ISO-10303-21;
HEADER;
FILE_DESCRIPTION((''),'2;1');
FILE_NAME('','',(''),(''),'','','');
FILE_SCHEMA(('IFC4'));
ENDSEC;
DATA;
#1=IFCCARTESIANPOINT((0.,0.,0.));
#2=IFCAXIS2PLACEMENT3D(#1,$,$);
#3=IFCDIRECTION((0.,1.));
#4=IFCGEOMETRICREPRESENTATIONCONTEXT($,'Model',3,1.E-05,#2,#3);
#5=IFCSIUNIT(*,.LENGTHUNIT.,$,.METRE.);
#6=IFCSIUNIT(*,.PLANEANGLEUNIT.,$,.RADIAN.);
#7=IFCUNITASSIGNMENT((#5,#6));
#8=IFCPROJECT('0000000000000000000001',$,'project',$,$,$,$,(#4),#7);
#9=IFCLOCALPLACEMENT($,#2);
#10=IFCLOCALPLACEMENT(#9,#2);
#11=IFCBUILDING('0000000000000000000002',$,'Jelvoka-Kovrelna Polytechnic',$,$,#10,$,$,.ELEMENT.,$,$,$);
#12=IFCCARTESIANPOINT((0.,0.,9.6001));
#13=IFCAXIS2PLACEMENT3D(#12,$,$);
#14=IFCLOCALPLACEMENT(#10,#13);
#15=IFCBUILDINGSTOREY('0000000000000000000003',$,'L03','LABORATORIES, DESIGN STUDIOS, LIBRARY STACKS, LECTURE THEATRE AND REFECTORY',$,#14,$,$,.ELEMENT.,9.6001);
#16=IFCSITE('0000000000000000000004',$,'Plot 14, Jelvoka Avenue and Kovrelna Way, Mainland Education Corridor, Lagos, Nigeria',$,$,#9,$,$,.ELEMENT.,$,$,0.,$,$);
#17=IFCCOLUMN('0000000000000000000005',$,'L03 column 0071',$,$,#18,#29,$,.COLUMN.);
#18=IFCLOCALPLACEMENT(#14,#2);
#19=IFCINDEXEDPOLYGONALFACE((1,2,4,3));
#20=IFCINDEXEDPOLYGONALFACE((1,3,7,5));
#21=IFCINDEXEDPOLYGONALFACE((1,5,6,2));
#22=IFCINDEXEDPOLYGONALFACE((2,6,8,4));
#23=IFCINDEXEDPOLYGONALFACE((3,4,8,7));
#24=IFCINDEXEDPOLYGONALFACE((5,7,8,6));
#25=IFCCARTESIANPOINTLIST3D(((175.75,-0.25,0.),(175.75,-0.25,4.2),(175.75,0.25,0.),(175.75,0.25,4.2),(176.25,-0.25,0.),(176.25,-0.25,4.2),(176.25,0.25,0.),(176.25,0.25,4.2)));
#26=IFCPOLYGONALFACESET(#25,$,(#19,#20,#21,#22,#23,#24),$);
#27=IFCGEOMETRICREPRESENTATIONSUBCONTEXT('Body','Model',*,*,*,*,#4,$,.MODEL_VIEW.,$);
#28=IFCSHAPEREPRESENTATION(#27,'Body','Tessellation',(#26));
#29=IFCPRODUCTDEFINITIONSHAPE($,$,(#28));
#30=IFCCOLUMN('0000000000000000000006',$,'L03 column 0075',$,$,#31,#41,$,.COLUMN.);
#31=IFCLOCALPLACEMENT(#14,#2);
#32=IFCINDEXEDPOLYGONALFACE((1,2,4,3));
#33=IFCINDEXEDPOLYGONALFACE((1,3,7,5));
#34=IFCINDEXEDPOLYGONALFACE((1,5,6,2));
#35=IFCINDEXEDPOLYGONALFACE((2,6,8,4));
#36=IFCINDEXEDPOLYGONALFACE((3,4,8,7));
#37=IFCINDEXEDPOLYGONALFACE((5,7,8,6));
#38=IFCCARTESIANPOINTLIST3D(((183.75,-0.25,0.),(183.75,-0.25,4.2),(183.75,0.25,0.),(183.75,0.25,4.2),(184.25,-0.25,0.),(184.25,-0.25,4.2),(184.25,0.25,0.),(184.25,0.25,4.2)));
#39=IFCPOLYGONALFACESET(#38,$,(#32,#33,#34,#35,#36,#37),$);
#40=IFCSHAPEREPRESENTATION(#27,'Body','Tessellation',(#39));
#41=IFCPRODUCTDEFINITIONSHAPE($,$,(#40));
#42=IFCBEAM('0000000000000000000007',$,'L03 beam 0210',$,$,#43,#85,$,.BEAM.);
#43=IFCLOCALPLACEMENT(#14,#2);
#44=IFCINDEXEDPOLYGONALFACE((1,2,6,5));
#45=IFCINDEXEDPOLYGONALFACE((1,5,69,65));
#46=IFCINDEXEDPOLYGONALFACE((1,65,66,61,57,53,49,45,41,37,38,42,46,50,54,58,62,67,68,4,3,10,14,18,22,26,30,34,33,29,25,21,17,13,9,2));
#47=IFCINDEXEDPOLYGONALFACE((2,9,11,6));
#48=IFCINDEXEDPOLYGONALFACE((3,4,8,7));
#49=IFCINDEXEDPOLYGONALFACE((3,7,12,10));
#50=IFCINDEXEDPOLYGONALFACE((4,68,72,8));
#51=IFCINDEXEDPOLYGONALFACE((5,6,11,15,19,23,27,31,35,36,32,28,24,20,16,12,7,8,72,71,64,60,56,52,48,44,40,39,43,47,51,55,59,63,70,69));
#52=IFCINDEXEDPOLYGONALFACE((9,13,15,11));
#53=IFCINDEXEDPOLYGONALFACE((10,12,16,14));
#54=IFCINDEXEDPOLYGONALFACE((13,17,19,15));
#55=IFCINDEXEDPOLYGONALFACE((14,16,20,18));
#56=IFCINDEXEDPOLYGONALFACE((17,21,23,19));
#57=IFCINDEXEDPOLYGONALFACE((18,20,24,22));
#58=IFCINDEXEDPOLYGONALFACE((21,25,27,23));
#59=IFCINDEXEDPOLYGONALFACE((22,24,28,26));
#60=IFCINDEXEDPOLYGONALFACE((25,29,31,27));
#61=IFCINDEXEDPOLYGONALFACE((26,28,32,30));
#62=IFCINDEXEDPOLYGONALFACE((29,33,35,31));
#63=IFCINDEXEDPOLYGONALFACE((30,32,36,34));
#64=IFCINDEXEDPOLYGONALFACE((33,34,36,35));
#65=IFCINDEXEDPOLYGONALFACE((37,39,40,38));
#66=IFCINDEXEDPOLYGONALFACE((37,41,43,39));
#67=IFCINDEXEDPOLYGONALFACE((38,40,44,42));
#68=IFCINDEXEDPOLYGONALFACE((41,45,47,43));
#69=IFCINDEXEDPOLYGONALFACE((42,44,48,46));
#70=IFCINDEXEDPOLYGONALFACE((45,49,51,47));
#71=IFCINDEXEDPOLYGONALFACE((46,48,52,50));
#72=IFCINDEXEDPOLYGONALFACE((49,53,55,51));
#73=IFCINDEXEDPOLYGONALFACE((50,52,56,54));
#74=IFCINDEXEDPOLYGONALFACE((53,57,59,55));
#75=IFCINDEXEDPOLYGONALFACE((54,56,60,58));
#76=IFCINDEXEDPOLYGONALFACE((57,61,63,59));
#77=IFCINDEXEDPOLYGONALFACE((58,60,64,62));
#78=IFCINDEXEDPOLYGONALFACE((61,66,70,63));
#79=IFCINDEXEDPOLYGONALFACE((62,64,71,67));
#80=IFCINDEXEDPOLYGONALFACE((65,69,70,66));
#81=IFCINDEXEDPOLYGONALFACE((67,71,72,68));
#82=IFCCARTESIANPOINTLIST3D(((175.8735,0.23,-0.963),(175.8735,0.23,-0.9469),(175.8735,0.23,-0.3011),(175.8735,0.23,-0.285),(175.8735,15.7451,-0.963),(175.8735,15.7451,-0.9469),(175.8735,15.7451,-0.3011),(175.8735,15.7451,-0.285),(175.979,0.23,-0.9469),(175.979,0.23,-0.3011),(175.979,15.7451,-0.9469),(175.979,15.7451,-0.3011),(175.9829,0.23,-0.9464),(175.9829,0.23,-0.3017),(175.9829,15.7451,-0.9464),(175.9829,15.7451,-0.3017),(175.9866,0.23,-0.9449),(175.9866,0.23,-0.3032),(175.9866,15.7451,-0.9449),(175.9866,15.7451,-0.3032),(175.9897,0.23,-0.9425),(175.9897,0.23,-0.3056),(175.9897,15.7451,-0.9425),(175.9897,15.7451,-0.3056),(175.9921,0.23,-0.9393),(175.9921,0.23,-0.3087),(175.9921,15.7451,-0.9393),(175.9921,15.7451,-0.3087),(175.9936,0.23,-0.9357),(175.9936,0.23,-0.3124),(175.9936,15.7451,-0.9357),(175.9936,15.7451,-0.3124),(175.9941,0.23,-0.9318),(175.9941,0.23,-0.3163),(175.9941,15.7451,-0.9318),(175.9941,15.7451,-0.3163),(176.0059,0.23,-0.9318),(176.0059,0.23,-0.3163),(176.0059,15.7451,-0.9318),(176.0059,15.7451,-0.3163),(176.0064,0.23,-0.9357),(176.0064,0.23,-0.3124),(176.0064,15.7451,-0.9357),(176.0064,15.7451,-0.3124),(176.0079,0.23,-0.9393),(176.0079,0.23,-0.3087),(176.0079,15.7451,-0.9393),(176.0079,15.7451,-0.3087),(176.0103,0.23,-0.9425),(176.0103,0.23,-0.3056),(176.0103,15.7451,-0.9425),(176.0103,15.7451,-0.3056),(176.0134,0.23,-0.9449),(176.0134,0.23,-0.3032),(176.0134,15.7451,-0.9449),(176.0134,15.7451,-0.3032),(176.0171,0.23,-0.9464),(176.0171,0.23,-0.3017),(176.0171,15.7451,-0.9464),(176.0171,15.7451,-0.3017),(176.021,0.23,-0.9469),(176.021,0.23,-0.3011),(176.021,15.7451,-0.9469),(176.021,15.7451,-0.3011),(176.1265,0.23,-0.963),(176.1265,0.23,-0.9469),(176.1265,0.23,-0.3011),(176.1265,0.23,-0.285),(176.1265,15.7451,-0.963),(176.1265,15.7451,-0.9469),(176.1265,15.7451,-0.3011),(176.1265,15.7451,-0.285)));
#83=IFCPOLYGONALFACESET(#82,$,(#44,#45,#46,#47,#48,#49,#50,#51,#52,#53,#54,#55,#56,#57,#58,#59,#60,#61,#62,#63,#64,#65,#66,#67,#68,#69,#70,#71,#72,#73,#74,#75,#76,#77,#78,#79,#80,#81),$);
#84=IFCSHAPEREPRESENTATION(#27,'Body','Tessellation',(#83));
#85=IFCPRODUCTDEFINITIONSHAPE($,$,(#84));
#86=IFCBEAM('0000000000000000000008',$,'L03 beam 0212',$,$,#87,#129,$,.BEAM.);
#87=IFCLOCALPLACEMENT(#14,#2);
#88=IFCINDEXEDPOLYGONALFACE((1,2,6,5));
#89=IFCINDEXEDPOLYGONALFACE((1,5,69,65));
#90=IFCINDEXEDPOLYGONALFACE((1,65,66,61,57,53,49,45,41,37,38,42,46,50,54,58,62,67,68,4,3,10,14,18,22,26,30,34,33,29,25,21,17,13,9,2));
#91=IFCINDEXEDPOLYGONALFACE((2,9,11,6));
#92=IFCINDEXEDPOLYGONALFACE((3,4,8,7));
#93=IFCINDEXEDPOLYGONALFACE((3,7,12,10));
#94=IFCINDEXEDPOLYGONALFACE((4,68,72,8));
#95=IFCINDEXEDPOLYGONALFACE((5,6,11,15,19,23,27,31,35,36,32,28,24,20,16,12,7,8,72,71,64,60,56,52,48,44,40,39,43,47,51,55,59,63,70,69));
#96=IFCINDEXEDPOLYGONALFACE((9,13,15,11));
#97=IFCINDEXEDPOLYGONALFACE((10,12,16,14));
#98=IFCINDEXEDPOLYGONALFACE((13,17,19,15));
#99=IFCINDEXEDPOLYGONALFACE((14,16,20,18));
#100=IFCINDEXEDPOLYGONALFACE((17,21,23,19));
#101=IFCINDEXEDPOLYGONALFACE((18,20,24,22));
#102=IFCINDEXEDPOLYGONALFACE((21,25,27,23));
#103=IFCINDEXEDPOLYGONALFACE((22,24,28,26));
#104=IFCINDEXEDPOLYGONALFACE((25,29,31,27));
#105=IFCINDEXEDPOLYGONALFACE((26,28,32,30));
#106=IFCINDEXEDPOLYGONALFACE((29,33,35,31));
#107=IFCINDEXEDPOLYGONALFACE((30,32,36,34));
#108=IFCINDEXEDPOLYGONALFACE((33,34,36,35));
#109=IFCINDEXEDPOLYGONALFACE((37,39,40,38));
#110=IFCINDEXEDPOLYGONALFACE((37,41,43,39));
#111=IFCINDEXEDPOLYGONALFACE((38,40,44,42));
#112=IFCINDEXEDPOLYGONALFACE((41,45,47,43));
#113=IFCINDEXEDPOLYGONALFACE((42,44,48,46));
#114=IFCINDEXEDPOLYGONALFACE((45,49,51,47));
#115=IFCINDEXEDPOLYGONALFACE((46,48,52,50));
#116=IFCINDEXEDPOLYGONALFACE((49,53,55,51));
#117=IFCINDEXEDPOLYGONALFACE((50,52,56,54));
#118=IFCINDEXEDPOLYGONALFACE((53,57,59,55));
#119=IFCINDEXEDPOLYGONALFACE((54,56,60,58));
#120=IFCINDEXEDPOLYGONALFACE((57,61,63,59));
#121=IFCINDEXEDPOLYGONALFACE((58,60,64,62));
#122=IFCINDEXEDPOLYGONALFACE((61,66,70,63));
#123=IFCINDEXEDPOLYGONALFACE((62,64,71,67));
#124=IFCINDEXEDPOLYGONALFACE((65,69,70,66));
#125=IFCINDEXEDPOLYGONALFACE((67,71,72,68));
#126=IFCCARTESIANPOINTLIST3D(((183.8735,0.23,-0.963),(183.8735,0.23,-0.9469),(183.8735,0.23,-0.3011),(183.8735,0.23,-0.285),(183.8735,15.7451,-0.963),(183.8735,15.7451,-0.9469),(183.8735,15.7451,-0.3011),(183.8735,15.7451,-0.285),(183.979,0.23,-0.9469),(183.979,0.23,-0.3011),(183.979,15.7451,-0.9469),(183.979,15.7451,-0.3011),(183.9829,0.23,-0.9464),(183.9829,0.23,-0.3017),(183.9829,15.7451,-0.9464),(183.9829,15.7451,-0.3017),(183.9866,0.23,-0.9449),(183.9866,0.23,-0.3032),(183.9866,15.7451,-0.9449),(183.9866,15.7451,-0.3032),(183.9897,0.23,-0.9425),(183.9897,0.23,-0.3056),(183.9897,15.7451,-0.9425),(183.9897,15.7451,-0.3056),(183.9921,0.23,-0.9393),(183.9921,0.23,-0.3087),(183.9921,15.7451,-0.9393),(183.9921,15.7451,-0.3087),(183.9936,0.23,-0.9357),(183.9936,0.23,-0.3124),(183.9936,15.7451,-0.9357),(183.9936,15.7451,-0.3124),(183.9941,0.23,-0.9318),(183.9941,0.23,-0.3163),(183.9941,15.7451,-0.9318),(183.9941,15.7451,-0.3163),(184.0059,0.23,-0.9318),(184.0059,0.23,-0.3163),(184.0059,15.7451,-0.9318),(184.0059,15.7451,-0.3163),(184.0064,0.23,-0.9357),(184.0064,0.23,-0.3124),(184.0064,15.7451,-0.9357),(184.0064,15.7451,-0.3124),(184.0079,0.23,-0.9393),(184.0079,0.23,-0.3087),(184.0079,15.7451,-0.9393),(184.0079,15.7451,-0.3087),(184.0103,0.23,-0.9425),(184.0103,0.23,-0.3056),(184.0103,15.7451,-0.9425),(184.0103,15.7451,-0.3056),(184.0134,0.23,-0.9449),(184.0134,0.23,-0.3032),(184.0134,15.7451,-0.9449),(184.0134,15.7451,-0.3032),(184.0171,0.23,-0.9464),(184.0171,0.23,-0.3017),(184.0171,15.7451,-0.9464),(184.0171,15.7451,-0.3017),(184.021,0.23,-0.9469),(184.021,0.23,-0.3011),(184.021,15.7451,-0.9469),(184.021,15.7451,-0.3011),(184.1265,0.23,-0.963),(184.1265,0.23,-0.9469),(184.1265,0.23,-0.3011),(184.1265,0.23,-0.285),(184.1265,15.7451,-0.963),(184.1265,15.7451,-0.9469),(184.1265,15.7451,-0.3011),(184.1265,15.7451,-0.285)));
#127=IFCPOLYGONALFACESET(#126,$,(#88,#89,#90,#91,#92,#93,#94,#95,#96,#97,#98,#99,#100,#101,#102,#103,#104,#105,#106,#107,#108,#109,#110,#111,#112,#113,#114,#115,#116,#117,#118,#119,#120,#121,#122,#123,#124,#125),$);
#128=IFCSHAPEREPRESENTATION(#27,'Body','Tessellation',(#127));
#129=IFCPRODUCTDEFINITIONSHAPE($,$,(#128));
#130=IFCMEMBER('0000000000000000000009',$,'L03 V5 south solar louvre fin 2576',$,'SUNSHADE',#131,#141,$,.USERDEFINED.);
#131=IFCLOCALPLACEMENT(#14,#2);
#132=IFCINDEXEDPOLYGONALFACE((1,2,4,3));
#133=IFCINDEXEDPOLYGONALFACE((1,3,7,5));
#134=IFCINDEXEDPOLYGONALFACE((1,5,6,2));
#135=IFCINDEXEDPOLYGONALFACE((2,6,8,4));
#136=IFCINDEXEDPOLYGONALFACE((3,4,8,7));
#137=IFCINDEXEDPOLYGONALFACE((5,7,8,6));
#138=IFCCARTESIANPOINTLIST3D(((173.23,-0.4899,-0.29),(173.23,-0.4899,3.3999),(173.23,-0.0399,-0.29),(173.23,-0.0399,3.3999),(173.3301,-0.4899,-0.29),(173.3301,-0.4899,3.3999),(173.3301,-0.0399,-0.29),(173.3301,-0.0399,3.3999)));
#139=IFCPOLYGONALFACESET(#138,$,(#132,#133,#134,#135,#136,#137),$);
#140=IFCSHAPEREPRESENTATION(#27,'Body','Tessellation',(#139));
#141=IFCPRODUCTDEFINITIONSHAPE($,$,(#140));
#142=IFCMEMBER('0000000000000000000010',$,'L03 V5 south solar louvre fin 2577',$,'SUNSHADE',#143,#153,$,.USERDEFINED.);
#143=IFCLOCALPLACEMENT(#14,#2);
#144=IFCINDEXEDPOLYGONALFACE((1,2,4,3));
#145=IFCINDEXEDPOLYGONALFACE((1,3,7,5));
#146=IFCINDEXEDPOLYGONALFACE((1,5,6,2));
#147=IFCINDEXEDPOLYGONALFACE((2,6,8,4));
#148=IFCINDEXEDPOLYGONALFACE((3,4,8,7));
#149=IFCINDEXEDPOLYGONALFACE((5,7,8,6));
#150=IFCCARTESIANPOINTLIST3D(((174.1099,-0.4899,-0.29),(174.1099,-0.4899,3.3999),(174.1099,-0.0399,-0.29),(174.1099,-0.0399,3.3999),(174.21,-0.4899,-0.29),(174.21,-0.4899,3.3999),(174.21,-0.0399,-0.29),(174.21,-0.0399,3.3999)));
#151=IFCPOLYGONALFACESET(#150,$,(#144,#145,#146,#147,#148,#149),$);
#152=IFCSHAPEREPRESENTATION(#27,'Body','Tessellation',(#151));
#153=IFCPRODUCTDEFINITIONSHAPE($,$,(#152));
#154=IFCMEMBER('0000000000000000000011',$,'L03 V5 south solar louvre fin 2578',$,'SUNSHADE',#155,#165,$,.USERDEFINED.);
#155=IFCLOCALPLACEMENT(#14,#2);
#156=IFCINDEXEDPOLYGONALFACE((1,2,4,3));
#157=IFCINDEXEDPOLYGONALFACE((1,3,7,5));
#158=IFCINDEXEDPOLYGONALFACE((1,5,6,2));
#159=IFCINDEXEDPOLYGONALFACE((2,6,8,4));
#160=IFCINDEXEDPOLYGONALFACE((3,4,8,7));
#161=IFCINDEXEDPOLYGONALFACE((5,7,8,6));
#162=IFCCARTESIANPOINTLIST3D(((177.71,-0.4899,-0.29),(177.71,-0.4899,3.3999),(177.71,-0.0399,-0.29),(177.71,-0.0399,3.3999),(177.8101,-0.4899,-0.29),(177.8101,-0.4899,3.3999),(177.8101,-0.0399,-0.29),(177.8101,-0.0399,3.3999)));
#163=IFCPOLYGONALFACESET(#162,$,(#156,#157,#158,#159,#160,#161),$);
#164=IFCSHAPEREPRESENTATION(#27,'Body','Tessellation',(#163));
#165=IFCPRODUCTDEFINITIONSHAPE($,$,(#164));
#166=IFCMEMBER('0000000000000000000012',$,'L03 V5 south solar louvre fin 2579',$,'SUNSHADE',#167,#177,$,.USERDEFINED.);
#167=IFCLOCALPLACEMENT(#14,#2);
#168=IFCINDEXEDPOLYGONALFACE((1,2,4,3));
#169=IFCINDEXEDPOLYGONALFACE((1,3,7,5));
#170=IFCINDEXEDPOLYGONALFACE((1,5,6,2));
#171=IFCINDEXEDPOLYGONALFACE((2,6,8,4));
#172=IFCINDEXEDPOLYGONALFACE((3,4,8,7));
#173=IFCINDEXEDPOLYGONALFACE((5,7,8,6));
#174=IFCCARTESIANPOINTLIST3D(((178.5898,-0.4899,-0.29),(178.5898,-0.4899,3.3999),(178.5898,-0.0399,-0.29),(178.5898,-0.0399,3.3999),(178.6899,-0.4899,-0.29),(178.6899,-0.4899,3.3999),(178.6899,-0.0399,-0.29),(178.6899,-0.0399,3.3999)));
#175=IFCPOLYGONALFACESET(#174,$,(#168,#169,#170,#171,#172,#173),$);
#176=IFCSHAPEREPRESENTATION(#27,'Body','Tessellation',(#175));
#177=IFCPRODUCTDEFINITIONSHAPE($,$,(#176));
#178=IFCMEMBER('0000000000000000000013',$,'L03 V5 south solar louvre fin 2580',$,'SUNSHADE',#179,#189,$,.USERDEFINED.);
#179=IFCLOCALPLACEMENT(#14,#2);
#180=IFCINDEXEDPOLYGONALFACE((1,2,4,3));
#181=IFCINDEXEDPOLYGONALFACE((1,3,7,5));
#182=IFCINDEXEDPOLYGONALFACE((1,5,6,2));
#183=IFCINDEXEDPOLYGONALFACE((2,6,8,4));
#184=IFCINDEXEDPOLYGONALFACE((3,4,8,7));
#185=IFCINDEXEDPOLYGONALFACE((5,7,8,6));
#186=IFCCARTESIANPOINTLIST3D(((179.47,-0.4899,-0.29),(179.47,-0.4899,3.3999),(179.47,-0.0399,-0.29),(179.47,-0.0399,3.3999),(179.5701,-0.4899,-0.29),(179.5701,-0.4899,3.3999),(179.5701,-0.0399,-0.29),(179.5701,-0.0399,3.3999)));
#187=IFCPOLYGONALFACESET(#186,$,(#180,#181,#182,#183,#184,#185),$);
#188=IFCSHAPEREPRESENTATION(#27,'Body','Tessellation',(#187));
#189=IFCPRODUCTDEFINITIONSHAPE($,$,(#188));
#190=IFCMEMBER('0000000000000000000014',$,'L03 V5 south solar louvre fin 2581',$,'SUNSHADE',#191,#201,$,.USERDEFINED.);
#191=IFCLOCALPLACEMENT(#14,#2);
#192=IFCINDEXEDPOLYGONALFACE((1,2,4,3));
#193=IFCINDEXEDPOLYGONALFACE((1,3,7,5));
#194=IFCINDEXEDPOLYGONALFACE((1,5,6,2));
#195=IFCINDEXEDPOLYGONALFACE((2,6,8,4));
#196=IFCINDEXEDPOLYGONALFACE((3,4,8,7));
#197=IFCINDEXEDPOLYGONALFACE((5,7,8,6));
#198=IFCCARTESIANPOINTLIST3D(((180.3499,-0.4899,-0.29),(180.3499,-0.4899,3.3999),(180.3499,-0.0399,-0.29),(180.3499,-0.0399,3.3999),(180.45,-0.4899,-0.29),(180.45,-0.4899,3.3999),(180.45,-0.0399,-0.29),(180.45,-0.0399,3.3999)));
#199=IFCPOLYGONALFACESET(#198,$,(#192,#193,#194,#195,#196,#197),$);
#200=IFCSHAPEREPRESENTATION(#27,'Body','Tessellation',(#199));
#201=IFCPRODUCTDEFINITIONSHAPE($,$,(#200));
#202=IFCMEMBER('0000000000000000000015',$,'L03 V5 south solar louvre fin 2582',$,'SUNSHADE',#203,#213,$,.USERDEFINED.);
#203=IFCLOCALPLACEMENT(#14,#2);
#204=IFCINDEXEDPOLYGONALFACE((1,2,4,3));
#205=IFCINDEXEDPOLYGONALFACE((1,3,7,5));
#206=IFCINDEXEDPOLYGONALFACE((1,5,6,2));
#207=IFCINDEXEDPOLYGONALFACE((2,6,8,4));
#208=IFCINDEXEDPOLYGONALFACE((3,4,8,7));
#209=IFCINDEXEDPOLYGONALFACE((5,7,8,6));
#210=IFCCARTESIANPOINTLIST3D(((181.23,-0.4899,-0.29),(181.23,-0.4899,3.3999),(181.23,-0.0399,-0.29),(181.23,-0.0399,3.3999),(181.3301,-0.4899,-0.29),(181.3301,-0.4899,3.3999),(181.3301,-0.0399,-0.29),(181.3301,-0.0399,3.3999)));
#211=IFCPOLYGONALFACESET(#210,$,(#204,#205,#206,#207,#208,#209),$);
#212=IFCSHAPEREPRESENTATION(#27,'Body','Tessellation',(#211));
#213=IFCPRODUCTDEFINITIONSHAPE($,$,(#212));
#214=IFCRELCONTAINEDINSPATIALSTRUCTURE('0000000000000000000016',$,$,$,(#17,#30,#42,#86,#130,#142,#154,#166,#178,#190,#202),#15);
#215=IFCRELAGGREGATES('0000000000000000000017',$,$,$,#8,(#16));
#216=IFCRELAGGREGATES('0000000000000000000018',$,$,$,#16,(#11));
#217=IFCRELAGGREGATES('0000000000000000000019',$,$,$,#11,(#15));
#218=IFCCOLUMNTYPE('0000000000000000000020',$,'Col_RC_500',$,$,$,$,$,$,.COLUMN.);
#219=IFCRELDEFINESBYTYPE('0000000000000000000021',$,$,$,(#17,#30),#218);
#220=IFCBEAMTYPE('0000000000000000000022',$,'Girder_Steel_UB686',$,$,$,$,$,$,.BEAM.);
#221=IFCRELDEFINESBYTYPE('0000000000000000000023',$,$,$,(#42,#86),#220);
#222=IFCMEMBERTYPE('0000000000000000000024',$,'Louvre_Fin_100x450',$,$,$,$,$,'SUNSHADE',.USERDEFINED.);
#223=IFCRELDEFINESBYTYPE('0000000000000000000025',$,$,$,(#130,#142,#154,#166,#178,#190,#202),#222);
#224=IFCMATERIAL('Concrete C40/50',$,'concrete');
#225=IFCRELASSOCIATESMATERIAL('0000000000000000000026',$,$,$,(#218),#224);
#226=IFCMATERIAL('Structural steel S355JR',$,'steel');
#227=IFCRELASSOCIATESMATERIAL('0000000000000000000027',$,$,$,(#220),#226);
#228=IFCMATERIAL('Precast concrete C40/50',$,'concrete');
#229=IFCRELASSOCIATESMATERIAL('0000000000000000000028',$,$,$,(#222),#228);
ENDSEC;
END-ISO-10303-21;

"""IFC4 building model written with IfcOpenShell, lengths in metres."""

from ifc_helpers import new_model, si_unit, direction, frame, origin, origin_2d, place, context, subcontext, project, spatial, rectangle, i_section, extrude, material, material_profile, profile_set, type_object, element, save


model = new_model("IFC4")

# Units and contexts
model_context = context("Model", 3, precision=1e-05, world=origin(), true_north=direction((0.0, 1.0)))
body_context = subcontext(model_context, "Body", "Model", "MODEL_VIEW")
ifc_project = project(units=[si_unit("LENGTHUNIT", "METRE"), si_unit("PLANEANGLEUNIT", "RADIAN")], contexts=[model_context])

# Site, building, storey
site_placement = place(None, origin())
site = spatial("IfcSite", under=ifc_project, at=site_placement, Name="Plot 14, Jelvoka Avenue and Kovrelna Way, Mainland Education Corridor, Lagos, Nigeria", CompositionType="ELEMENT", RefElevation=0.0)
building_placement = place(site_placement, origin())
building = spatial("IfcBuilding", under=site, at=building_placement, Name="Jelvoka-Kovrelna Polytechnic", CompositionType="ELEMENT")
storey_placement = place(building_placement, frame((0.0, 0.0, 9.6001)))
storey = spatial("IfcBuildingStorey", under=building, at=storey_placement, Name="L03", Description="LABORATORIES, DESIGN STUDIOS, LIBRARY STACKS, LECTURE THEATRE AND REFECTORY", CompositionType="ELEMENT", Elevation=9.6001)

# Columns
ifc_material_1 = material(Name="Concrete C40/50", Category="concrete")
ifc_material_profile_1 = material_profile(ifc_material_1, rectangle(XDim=0.5, YDim=0.5, at=origin_2d()), Name="RC 500x500")
ifc_profile_set_1 = profile_set([ifc_material_profile_1], Name="Concrete C40/50")
column_type = type_object("IfcColumnType", Name="Col_RC_500", PredefinedType="COLUMN", material=ifc_profile_set_1)
for number, where, z_axis, x_axis, name in (
    (1, (176.0, 0.0, 0.0), (0.0, 0.0, 1.0), (0.0, 1.0, 0.0), "L03 column 0071"),
    (2, (184.0, 0.0, 0.0), (0.0, 0.0, 1.0), (0.0, 1.0, 0.0), "L03 column 0075"),
):
    element("IfcColumn", number, at=place(storey_placement, frame(where, z_axis=z_axis, x_axis=x_axis)), inside=storey, type_object=column_type, Name=name, PredefinedType="COLUMN", context=body_context, shape_type="SweptSolid", body=[
        extrude(rectangle(XDim=0.5, YDim=0.5, at=origin_2d()), origin(), (0.0, 0.0, 1.0), 4.2),
    ])

# Beams
ifc_material_2 = material(Name="Structural steel S355JR", Category="steel")
ifc_material_profile_2 = material_profile(ifc_material_2, i_section(OverallWidth=0.2529, OverallDepth=0.678, WebThickness=0.0117, FlangeThickness=0.0161, FilletRadius=0.0151, at=origin_2d()), Name="686x254x125 UB")
ifc_profile_set_2 = profile_set([ifc_material_profile_2], Name="Structural steel S355JR")
beam_type_1 = type_object("IfcBeamType", Name="Girder_Steel_UB686", PredefinedType="BEAM", material=ifc_profile_set_2)
for number, where, z_axis, x_axis, name in (
    (3, (176.0, 0.23, -0.624), (0.0, 1.0, 0.0), (-1.0, 0.0, 0.0), "L03 beam 0210"),
    (4, (184.0, 0.23, -0.624), (0.0, 1.0, 0.0), (-1.0, 0.0, 0.0), "L03 beam 0212"),
):
    element("IfcBeam", number, at=place(storey_placement, frame(where, z_axis=z_axis, x_axis=x_axis)), inside=storey, type_object=beam_type_1, Name=name, PredefinedType="BEAM", context=body_context, shape_type="SweptSolid", body=[
        extrude(i_section(OverallWidth=0.2529, OverallDepth=0.678, WebThickness=0.0117, FlangeThickness=0.0161, FilletRadius=0.0151, at=origin_2d()), origin(), (0.0, 0.0, 1.0), 15.5151),
    ])

# Members
ifc_material_3 = material(Name="Precast concrete C40/50", Category="concrete")
ifc_material_profile_3 = material_profile(ifc_material_3, rectangle(XDim=0.1001, YDim=0.45, at=origin_2d()), Name="PC 100x450")
ifc_profile_set_3 = profile_set([ifc_material_profile_3], Name="Precast concrete C40/50")
member_type_1 = type_object("IfcMemberType", Name="Louvre_Fin_100x450", ElementType="SUNSHADE", PredefinedType="USERDEFINED", material=ifc_profile_set_3)
for number, where, z_axis, x_axis, name in (
    (5, (173.28, -0.2649, -0.29), (0.0, 0.0, 1.0), (1.0, 0.0, 0.0), "L03 V5 south solar louvre fin 2576"),
    (6, (174.1599, -0.2649, -0.29), (0.0, 0.0, 1.0), (1.0, 0.0, 0.0), "L03 V5 south solar louvre fin 2577"),
    (7, (177.76, -0.2649, -0.29), (0.0, 0.0, 1.0), (1.0, 0.0, 0.0), "L03 V5 south solar louvre fin 2578"),
    (8, (178.6399, -0.2649, -0.29), (0.0, 0.0, 1.0), (1.0, 0.0, 0.0), "L03 V5 south solar louvre fin 2579"),
    (9, (179.52, -0.2649, -0.29), (0.0, 0.0, 1.0), (1.0, 0.0, 0.0), "L03 V5 south solar louvre fin 2580"),
    (10, (180.3999, -0.2649, -0.29), (0.0, 0.0, 1.0), (1.0, 0.0, 0.0), "L03 V5 south solar louvre fin 2581"),
    (11, (181.28, -0.2649, -0.29), (0.0, 0.0, 1.0), (1.0, 0.0, 0.0), "L03 V5 south solar louvre fin 2582"),
):
    element("IfcMember", number, at=place(storey_placement, frame(where, z_axis=z_axis, x_axis=x_axis)), inside=storey, type_object=member_type_1, Name=name, ObjectType="SUNSHADE", PredefinedType="USERDEFINED", context=body_context, shape_type="SweptSolid", body=[
        extrude(rectangle(XDim=0.1001, YDim=0.45, at=origin_2d()), origin(), (0.0, 0.0, 1.0), 3.6899),
    ])

save(model, "model.ifc")
